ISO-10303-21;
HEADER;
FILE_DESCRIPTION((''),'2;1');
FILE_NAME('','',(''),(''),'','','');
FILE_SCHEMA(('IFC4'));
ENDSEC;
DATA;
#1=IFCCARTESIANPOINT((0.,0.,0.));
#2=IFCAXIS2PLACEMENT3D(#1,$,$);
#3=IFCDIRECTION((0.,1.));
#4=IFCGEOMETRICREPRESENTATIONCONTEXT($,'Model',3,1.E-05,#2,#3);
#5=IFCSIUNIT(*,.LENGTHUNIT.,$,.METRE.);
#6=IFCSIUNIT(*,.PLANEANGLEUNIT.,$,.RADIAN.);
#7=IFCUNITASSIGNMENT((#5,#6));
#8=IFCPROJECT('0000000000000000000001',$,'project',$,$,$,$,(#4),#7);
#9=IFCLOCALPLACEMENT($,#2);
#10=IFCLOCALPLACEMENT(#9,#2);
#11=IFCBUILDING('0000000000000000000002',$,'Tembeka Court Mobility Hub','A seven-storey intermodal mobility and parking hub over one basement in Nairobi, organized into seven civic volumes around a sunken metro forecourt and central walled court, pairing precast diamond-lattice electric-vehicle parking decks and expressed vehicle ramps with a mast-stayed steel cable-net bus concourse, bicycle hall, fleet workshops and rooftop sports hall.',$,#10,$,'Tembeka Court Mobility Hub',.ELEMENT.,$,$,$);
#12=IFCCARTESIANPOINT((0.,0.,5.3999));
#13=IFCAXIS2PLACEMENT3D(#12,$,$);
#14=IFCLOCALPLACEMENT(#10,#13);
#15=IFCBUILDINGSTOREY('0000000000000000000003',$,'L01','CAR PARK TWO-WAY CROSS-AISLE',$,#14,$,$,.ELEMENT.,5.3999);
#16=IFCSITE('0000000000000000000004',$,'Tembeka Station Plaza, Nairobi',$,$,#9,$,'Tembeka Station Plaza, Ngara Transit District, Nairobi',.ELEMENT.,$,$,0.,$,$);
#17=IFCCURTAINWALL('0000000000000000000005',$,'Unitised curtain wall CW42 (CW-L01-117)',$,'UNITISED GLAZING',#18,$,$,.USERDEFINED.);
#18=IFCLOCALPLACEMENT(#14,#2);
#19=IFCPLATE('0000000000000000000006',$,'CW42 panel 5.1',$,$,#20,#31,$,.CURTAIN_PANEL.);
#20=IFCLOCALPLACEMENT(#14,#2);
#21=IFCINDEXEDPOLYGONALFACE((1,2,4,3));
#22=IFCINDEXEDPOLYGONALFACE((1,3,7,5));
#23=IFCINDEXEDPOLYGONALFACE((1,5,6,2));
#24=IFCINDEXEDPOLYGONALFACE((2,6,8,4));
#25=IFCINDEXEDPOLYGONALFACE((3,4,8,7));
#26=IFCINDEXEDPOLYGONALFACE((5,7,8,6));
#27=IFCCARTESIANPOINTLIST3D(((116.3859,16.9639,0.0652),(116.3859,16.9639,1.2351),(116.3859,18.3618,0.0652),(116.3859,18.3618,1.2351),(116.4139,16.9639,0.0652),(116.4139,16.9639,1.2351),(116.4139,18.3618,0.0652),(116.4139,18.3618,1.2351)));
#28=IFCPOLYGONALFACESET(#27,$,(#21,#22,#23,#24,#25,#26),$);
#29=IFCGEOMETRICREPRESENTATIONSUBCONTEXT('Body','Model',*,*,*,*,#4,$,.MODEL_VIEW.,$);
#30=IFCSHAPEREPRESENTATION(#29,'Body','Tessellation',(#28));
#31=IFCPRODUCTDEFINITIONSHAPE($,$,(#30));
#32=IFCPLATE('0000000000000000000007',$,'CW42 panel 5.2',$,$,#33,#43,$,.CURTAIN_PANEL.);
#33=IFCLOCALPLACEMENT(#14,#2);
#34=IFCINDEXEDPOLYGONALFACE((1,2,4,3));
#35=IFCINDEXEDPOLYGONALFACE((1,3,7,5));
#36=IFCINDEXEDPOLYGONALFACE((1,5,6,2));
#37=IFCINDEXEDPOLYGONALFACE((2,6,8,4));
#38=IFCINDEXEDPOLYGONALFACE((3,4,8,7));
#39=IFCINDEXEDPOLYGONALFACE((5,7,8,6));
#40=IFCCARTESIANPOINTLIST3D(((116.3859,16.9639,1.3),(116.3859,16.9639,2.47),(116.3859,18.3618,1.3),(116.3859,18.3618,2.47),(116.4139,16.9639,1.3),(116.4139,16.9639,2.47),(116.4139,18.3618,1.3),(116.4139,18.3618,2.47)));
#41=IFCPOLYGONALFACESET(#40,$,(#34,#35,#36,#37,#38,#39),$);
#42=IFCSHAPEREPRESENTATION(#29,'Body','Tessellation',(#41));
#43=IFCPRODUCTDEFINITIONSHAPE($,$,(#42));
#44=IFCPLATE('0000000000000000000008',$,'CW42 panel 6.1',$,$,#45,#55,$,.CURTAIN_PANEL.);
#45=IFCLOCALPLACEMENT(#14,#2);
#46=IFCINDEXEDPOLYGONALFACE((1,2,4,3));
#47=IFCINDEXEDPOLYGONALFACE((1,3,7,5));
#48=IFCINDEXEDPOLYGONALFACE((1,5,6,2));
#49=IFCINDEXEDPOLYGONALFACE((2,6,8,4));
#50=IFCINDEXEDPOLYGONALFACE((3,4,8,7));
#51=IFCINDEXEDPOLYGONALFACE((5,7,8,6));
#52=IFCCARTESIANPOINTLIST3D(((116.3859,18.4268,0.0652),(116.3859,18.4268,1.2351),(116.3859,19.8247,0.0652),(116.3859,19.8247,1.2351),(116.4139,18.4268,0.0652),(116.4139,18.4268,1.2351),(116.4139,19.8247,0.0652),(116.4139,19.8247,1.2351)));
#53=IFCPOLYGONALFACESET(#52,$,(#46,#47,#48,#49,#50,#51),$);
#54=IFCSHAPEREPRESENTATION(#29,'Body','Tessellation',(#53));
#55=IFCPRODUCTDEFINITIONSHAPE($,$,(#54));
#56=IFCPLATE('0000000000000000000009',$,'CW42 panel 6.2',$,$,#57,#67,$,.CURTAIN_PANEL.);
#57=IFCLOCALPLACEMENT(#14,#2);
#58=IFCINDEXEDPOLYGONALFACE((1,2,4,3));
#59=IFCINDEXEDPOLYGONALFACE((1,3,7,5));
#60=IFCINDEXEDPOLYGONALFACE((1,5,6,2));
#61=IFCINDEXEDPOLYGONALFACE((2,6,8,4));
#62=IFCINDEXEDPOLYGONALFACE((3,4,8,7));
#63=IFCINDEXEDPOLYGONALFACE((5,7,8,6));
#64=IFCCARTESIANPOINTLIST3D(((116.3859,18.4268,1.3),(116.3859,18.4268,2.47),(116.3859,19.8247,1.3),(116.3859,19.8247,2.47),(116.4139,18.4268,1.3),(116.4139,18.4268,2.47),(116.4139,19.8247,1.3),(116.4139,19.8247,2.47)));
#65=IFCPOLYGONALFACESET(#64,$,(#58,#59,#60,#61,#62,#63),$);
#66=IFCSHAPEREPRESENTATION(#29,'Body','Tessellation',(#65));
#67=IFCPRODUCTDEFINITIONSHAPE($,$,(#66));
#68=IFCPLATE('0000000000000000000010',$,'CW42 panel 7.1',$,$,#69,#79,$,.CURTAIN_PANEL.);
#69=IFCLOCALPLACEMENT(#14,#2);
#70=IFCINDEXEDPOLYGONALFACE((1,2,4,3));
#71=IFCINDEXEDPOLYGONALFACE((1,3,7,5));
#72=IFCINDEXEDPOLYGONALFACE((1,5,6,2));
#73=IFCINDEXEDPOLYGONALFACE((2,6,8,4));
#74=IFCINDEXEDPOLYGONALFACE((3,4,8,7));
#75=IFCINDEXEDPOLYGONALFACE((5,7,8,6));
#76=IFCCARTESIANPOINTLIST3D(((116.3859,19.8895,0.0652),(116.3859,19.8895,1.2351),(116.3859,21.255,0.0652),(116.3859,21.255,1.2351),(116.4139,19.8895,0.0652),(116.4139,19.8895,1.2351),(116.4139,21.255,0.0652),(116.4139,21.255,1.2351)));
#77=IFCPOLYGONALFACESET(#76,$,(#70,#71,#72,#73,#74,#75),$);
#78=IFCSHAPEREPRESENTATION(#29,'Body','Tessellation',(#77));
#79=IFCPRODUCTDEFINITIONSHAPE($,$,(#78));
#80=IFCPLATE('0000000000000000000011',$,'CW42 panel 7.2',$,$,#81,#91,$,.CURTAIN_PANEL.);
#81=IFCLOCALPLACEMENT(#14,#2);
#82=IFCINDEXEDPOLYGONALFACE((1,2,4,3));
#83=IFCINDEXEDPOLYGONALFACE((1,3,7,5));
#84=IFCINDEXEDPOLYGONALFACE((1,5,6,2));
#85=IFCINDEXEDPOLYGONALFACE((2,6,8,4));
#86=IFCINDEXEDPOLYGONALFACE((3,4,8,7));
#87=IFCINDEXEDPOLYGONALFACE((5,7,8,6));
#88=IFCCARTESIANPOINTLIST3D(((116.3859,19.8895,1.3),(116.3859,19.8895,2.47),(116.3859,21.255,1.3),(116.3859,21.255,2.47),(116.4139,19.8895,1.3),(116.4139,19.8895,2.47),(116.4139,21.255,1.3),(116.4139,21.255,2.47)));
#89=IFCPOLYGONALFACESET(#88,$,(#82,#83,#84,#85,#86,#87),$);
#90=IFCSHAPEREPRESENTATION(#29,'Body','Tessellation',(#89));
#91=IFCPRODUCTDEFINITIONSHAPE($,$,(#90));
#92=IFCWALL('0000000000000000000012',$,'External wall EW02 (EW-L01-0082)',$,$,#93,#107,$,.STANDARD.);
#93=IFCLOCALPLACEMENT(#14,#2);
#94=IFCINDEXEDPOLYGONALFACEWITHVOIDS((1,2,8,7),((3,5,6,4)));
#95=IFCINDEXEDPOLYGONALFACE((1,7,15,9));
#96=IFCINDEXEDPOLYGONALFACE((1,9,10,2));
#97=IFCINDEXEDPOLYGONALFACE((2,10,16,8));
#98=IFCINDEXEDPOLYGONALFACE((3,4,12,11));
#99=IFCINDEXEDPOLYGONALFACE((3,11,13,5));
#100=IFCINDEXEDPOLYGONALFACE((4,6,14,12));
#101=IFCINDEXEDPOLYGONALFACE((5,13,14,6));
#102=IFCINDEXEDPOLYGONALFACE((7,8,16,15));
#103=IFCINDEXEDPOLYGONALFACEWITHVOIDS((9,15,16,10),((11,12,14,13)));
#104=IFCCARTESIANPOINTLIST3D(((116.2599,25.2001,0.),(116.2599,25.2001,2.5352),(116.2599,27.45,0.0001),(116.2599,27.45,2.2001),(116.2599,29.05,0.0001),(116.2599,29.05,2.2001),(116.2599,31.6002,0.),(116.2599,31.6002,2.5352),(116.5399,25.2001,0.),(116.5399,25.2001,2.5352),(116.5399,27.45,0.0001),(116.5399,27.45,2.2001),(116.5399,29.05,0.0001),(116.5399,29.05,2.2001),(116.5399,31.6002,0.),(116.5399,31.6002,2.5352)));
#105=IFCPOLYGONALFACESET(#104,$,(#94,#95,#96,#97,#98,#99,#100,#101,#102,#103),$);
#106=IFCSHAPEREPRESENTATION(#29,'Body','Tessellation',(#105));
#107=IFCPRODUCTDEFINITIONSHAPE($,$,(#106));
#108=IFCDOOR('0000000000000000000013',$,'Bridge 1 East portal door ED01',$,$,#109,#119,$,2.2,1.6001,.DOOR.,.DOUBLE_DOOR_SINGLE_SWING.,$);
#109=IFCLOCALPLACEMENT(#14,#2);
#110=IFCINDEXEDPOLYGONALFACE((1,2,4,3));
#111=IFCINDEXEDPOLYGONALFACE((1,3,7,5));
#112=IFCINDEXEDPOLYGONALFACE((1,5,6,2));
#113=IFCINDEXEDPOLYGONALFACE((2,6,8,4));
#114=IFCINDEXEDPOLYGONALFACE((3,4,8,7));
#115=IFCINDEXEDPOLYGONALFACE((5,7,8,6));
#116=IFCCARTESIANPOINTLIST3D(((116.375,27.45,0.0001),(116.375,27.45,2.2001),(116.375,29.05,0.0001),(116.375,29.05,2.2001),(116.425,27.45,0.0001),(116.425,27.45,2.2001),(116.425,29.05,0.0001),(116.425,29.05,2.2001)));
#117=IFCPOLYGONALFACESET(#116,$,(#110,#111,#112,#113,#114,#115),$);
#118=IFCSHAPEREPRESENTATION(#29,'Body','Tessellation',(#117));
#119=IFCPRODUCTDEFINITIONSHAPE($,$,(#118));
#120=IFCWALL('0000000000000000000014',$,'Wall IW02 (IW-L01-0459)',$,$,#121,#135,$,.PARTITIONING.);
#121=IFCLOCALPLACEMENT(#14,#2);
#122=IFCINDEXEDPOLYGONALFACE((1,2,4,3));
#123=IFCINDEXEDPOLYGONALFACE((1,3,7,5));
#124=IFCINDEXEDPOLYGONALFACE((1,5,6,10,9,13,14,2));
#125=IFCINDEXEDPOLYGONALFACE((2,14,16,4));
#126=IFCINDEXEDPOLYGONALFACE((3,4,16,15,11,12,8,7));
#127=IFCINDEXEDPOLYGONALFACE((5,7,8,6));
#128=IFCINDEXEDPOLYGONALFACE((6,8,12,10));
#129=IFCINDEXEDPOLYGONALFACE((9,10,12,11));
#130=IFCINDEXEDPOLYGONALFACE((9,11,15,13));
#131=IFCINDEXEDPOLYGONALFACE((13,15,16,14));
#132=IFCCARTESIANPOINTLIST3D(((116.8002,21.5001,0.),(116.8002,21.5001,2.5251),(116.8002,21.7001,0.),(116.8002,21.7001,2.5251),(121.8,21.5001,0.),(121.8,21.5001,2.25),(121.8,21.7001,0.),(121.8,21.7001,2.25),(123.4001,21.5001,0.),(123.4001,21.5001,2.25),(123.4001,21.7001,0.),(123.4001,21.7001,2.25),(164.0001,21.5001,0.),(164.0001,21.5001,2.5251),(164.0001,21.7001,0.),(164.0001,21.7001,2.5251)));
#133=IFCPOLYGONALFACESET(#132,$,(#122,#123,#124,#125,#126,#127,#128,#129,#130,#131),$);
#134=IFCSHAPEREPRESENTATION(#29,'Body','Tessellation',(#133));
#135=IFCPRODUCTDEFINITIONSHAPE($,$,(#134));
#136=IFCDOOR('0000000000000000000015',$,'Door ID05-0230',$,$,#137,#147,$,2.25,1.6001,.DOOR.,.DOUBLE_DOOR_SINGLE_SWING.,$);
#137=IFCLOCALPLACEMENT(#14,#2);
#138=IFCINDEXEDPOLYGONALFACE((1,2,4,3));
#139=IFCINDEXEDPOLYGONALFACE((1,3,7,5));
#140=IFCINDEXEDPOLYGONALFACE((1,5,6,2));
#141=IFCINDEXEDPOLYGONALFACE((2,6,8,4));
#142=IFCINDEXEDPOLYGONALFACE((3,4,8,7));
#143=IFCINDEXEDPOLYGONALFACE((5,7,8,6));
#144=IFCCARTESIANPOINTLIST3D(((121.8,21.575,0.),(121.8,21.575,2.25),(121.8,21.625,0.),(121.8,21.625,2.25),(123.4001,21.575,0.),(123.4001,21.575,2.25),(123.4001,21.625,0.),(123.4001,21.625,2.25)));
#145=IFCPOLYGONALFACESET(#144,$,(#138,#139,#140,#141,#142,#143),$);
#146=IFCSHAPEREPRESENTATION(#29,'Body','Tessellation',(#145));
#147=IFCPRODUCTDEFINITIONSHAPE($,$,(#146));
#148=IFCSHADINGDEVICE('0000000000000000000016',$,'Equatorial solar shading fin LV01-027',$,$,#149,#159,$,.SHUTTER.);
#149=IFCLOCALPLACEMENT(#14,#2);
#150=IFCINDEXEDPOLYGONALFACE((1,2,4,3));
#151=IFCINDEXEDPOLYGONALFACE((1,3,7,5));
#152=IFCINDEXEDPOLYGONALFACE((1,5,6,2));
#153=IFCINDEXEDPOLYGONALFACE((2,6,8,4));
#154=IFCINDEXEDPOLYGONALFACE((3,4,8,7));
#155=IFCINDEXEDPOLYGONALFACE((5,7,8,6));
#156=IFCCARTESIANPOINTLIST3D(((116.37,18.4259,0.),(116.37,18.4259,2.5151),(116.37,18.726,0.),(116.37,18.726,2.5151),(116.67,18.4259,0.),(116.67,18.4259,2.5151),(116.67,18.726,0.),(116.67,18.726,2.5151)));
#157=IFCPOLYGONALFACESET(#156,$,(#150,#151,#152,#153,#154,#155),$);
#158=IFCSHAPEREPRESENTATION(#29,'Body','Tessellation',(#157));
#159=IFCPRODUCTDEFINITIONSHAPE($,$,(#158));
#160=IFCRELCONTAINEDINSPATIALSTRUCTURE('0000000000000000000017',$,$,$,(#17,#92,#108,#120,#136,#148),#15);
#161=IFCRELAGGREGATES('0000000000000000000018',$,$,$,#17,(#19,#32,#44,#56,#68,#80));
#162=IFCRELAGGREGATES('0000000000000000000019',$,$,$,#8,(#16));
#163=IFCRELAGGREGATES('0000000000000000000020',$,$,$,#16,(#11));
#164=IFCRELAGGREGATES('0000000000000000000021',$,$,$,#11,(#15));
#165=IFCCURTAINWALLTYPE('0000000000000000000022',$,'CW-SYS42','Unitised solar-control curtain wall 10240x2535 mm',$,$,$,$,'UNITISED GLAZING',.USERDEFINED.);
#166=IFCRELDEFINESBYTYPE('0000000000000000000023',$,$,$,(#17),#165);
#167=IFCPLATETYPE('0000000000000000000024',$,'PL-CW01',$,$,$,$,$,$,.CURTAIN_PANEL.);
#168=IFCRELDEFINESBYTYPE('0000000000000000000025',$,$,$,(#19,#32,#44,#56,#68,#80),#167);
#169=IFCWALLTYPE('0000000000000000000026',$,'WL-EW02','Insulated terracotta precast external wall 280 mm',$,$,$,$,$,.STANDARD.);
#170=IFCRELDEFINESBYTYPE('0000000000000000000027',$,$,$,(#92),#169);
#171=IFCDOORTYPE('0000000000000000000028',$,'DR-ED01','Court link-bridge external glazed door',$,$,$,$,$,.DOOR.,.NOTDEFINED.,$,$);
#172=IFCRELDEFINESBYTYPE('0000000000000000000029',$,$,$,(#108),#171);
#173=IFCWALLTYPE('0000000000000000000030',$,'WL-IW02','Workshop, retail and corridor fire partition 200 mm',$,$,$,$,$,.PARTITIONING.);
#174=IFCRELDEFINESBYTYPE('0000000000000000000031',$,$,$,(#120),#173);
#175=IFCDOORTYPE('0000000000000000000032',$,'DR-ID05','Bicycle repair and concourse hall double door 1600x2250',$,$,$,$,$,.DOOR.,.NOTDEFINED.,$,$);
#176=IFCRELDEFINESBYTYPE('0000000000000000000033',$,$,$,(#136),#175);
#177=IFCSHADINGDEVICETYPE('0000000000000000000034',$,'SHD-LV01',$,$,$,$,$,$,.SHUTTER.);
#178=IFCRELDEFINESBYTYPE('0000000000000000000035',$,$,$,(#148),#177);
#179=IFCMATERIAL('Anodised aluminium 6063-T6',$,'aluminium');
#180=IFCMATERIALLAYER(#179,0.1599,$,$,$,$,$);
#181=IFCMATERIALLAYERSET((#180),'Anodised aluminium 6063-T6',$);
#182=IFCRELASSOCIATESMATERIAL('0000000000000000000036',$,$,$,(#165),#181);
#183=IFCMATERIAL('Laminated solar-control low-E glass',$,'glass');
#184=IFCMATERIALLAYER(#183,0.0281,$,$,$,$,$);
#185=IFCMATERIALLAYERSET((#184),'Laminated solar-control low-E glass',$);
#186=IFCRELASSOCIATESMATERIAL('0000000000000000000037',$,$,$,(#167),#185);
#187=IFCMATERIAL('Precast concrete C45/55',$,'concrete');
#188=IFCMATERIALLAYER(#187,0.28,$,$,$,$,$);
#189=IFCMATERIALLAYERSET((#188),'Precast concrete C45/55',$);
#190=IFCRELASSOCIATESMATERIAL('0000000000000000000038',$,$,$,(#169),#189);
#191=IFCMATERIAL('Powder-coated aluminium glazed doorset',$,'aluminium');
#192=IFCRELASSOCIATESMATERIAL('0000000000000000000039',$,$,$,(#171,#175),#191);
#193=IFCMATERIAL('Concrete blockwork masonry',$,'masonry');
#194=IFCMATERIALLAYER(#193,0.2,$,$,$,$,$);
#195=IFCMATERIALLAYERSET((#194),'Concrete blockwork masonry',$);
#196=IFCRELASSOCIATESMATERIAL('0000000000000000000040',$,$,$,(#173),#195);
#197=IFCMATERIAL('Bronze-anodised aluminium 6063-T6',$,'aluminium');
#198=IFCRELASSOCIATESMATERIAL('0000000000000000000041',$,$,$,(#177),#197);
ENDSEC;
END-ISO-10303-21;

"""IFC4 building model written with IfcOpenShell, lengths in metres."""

from ifc_helpers import new_model, si_unit, direction, frame, frame_2d, origin, origin_2d, place, context, subcontext, project, spatial, rectangle, extrude, material, layer, layer_set, material_profile, profile_set, type_object, element, fill, aggregate, save


model = new_model("IFC4")

# Units and contexts
model_context = context("Model", 3, precision=1e-05, world=origin(), true_north=direction((0.0, 1.0)))
body_context = subcontext(model_context, "Body", "Model", "MODEL_VIEW")
ifc_project = project(units=[si_unit("LENGTHUNIT", "METRE"), si_unit("PLANEANGLEUNIT", "RADIAN")], contexts=[model_context])

# Site, building, storey
site_placement = place(None, origin())
site = spatial("IfcSite", under=ifc_project, at=site_placement, Name="Tembeka Station Plaza, Nairobi", LongName="Tembeka Station Plaza, Ngara Transit District, Nairobi", CompositionType="ELEMENT", RefElevation=0.0)
building_placement = place(site_placement, origin())
building = spatial("IfcBuilding", under=site, at=building_placement, Name="Tembeka Court Mobility Hub", Description="A seven-storey intermodal mobility and parking hub over one basement in Nairobi, organized into seven civic volumes around a sunken metro forecourt and central walled court, pairing precast diamond-lattice electric-vehicle parking decks and expressed vehicle ramps with a mast-stayed steel cable-net bus concourse, bicycle hall, fleet workshops and rooftop sports hall.", LongName="Tembeka Court Mobility Hub", CompositionType="ELEMENT")
storey_placement = place(building_placement, frame((0.0, 0.0, 5.3999)))
storey = spatial("IfcBuildingStorey", under=building, at=storey_placement, Name="L01", Description="CAR PARK TWO-WAY CROSS-AISLE", CompositionType="ELEMENT", Elevation=5.3999)

# Curtain wall, plates
ifc_material_1 = material(Name="Anodised aluminium 6063-T6", Category="aluminium")
ifc_layer_1 = layer(ifc_material_1, 0.1599)
ifc_layer_set_1 = layer_set([ifc_layer_1], Name="Anodised aluminium 6063-T6")
curtain_wall_type = type_object("IfcCurtainWallType", Name="CW-SYS42", Description="Unitised solar-control curtain wall 10240x2535 mm", ElementType="UNITISED GLAZING", PredefinedType="USERDEFINED", material=ifc_layer_set_1)
curtain_wall_placement = place(storey_placement, origin())
curtain_wall = element("IfcCurtainWall", 1, at=curtain_wall_placement, inside=storey, type_object=curtain_wall_type, Name="Unitised curtain wall CW42 (CW-L01-117)", ObjectType="UNITISED GLAZING", PredefinedType="USERDEFINED")
ifc_material_2 = material(Name="Laminated solar-control low-E glass", Category="glass")
ifc_layer_2 = layer(ifc_material_2, 0.0281)
ifc_layer_set_2 = layer_set([ifc_layer_2], Name="Laminated solar-control low-E glass")
plate_type = type_object("IfcPlateType", Name="PL-CW01", PredefinedType="CURTAIN_PANEL", material=ifc_layer_set_2)
plate_1_placement = place(storey_placement, frame((116.3999, 17.6628, 0.0652), z_axis=(0.0, 0.0, 1.0), x_axis=(0.0, 1.0, 0.0)))
plate_1 = element("IfcPlate", 2, at=plate_1_placement, type_object=plate_type, Name="CW42 panel 5.1", PredefinedType="CURTAIN_PANEL", context=body_context, shape_type="SweptSolid", body=[
    extrude(rectangle(XDim=1.3979, YDim=0.0281, at=origin_2d()), origin(), (0.0, 0.0, 1.0), 1.1699),
])
plate_2_placement = place(storey_placement, frame((116.3999, 17.6628, 1.3), z_axis=(0.0, 0.0, 1.0), x_axis=(0.0, 1.0, 0.0)))
plate_2 = element("IfcPlate", 3, at=plate_2_placement, type_object=plate_type, Name="CW42 panel 5.2", PredefinedType="CURTAIN_PANEL", context=body_context, shape_type="SweptSolid", body=[
    extrude(rectangle(XDim=1.3979, YDim=0.0281, at=origin_2d()), origin(), (0.0, 0.0, 1.0), 1.1699),
])
plate_3_placement = place(storey_placement, frame((116.3999, 19.1257, 0.0652), z_axis=(0.0, 0.0, 1.0), x_axis=(0.0, 1.0, 0.0)))
plate_3 = element("IfcPlate", 4, at=plate_3_placement, type_object=plate_type, Name="CW42 panel 6.1", PredefinedType="CURTAIN_PANEL", context=body_context, shape_type="SweptSolid", body=[
    extrude(rectangle(XDim=1.3979, YDim=0.0281, at=origin_2d()), origin(), (0.0, 0.0, 1.0), 1.1699),
])
plate_4_placement = place(storey_placement, frame((116.3999, 19.1257, 1.3), z_axis=(0.0, 0.0, 1.0), x_axis=(0.0, 1.0, 0.0)))
plate_4 = element("IfcPlate", 5, at=plate_4_placement, type_object=plate_type, Name="CW42 panel 6.2", PredefinedType="CURTAIN_PANEL", context=body_context, shape_type="SweptSolid", body=[
    extrude(rectangle(XDim=1.3979, YDim=0.0281, at=origin_2d()), origin(), (0.0, 0.0, 1.0), 1.1699),
])
plate_5_placement = place(storey_placement, frame((116.3999, 20.5723, 0.0652), z_axis=(0.0, 0.0, 1.0), x_axis=(0.0, 1.0, 0.0)))
plate_5 = element("IfcPlate", 6, at=plate_5_placement, type_object=plate_type, Name="CW42 panel 7.1", PredefinedType="CURTAIN_PANEL", context=body_context, shape_type="SweptSolid", body=[
    extrude(rectangle(XDim=1.3655, YDim=0.0281, at=origin_2d()), origin(), (0.0, 0.0, 1.0), 1.1699),
])
plate_6_placement = place(storey_placement, frame((116.3999, 20.5723, 1.3), z_axis=(0.0, 0.0, 1.0), x_axis=(0.0, 1.0, 0.0)))
plate_6 = element("IfcPlate", 7, at=plate_6_placement, type_object=plate_type, Name="CW42 panel 7.2", PredefinedType="CURTAIN_PANEL", context=body_context, shape_type="SweptSolid", body=[
    extrude(rectangle(XDim=1.3655, YDim=0.0281, at=origin_2d()), origin(), (0.0, 0.0, 1.0), 1.1699),
])
aggregate(curtain_wall, [plate_1, plate_2, plate_3, plate_4, plate_5, plate_6])

# Walls, openings, doors
ifc_material_3 = material(Name="Precast concrete C45/55", Category="concrete")
ifc_layer_3 = layer(ifc_material_3, 0.28)
ifc_layer_set_3 = layer_set([ifc_layer_3], Name="Precast concrete C45/55")
wall_type_1 = type_object("IfcWallType", Name="WL-EW02", Description="Insulated terracotta precast external wall 280 mm", PredefinedType="STANDARD", material=ifc_layer_set_3)
wall_1_placement = place(storey_placement, frame((116.3999, 25.2, 0.0), z_axis=(0.0, 0.0, 1.0), x_axis=(0.0, 1.0, 0.0)))
wall_1 = element("IfcWall", 8, at=wall_1_placement, inside=storey, type_object=wall_type_1, Name="External wall EW02 (EW-L01-0082)", PredefinedType="STANDARD", context=body_context, shape_type="SweptSolid", body=[
    extrude(rectangle(XDim=6.4001, YDim=0.28, at=frame_2d((3.2002, 0.0))), origin(), (0.0, 0.0, 1.0), 2.5352),
])
opening_1_placement = place(wall_1_placement, frame((2.25, 0.0, 0.0)))
opening_1 = element("IfcOpeningElement", 9, at=opening_1_placement, cuts=wall_1, PredefinedType="OPENING", context=body_context, shape_type="SweptSolid", body=[
    extrude(rectangle(XDim=1.6001, YDim=2.2, at=frame_2d((0.8, 1.1001))), frame((0.0, 0.1499, 0.0), z_axis=(0.0, -1.0, 0.0), x_axis=(1.0, 0.0, 0.0)), (0.0, 0.0, 1.0), 0.3),
])
ifc_material_4 = material(Name="Powder-coated aluminium glazed doorset", Category="aluminium")
door_type_1 = type_object("IfcDoorType", Name="DR-ED01", Description="Court link-bridge external glazed door", OperationType="NOTDEFINED", PredefinedType="DOOR", material=ifc_material_4)
door_1_placement = place(opening_1_placement, origin())
door_1 = element("IfcDoor", 10, at=door_1_placement, inside=storey, type_object=door_type_1, Name="Bridge 1 East portal door ED01", OperationType="DOUBLE_DOOR_SINGLE_SWING", OverallHeight=2.2, OverallWidth=1.6001, PredefinedType="DOOR", context=body_context, shape_type="SweptSolid", body=[
    extrude(rectangle(XDim=1.6001, YDim=2.2, at=frame_2d((0.8, 1.1001))), frame((0.0, 0.0249, 0.0), z_axis=(0.0, -1.0, 0.0), x_axis=(1.0, 0.0, 0.0)), (0.0, 0.0, 1.0), 0.05),
])
fill(opening_1, door_1)
ifc_material_5 = material(Name="Concrete blockwork masonry", Category="masonry")
ifc_layer_4 = layer(ifc_material_5, 0.2)
ifc_layer_set_4 = layer_set([ifc_layer_4], Name="Concrete blockwork masonry")
wall_type_2 = type_object("IfcWallType", Name="WL-IW02", Description="Workshop, retail and corridor fire partition 200 mm", PredefinedType="PARTITIONING", material=ifc_layer_set_4)
wall_2_placement = place(storey_placement, frame((116.8, 21.6001, 0.0), z_axis=(0.0, 0.0, 1.0), x_axis=(1.0, 0.0, 0.0)))
wall_2 = element("IfcWall", 11, at=wall_2_placement, inside=storey, type_object=wall_type_2, Name="Wall IW02 (IW-L01-0459)", PredefinedType="PARTITIONING", context=body_context, shape_type="SweptSolid", body=[
    extrude(rectangle(XDim=47.2, YDim=0.2, at=frame_2d((23.6001, 0.0))), origin(), (0.0, 0.0, 1.0), 2.5251),
])
opening_2_placement = place(wall_2_placement, frame((5.0, 0.0, 0.0)))
opening_2 = element("IfcOpeningElement", 12, at=opening_2_placement, cuts=wall_2, PredefinedType="OPENING", context=body_context, shape_type="SweptSolid", body=[
    extrude(rectangle(XDim=1.6001, YDim=2.25, at=frame_2d((0.8, 1.125))), frame((0.0, 0.1099, 0.0), z_axis=(0.0, -1.0, 0.0), x_axis=(1.0, 0.0, 0.0)), (0.0, 0.0, 1.0), 0.22),
])
door_type_2 = type_object("IfcDoorType", Name="DR-ID05", Description="Bicycle repair and concourse hall double door 1600x2250", OperationType="NOTDEFINED", PredefinedType="DOOR", material=ifc_material_4)
door_2_placement = place(opening_2_placement, origin())
door_2 = element("IfcDoor", 13, at=door_2_placement, inside=storey, type_object=door_type_2, Name="Door ID05-0230", OperationType="DOUBLE_DOOR_SINGLE_SWING", OverallHeight=2.25, OverallWidth=1.6001, PredefinedType="DOOR", context=body_context, shape_type="SweptSolid", body=[
    extrude(rectangle(XDim=1.6001, YDim=2.25, at=frame_2d((0.8, 1.125))), frame((0.0, 0.0249, 0.0), z_axis=(0.0, -1.0, 0.0), x_axis=(1.0, 0.0, 0.0)), (0.0, 0.0, 1.0), 0.05),
])
fill(opening_2, door_2)

# Shading device
ifc_material_6 = material(Name="Bronze-anodised aluminium 6063-T6", Category="aluminium")
ifc_material_profile_1 = material_profile(ifc_material_6, rectangle(XDim=0.3, YDim=0.3, at=origin_2d()), Name="ALU-LVR 300x300")
ifc_profile_set_1 = profile_set([ifc_material_profile_1], Name="Bronze-anodised aluminium 6063-T6")
shading_device_type = type_object("IfcShadingDeviceType", Name="SHD-LV01", PredefinedType="SHUTTER", material=ifc_profile_set_1)
shading_device_placement = place(storey_placement, frame((116.52, 18.5759, 0.0), z_axis=(0.0, 0.0, 1.0), x_axis=(1.0, 0.0, 0.0)))
element("IfcShadingDevice", 14, at=shading_device_placement, inside=storey, type_object=shading_device_type, Name="Equatorial solar shading fin LV01-027", PredefinedType="SHUTTER", context=body_context, shape_type="SweptSolid", body=[
    extrude(rectangle(XDim=0.3, YDim=0.3, at=origin_2d()), origin(), (0.0, 0.0, 1.0), 2.5151),
])

save(model, "model.ifc")
